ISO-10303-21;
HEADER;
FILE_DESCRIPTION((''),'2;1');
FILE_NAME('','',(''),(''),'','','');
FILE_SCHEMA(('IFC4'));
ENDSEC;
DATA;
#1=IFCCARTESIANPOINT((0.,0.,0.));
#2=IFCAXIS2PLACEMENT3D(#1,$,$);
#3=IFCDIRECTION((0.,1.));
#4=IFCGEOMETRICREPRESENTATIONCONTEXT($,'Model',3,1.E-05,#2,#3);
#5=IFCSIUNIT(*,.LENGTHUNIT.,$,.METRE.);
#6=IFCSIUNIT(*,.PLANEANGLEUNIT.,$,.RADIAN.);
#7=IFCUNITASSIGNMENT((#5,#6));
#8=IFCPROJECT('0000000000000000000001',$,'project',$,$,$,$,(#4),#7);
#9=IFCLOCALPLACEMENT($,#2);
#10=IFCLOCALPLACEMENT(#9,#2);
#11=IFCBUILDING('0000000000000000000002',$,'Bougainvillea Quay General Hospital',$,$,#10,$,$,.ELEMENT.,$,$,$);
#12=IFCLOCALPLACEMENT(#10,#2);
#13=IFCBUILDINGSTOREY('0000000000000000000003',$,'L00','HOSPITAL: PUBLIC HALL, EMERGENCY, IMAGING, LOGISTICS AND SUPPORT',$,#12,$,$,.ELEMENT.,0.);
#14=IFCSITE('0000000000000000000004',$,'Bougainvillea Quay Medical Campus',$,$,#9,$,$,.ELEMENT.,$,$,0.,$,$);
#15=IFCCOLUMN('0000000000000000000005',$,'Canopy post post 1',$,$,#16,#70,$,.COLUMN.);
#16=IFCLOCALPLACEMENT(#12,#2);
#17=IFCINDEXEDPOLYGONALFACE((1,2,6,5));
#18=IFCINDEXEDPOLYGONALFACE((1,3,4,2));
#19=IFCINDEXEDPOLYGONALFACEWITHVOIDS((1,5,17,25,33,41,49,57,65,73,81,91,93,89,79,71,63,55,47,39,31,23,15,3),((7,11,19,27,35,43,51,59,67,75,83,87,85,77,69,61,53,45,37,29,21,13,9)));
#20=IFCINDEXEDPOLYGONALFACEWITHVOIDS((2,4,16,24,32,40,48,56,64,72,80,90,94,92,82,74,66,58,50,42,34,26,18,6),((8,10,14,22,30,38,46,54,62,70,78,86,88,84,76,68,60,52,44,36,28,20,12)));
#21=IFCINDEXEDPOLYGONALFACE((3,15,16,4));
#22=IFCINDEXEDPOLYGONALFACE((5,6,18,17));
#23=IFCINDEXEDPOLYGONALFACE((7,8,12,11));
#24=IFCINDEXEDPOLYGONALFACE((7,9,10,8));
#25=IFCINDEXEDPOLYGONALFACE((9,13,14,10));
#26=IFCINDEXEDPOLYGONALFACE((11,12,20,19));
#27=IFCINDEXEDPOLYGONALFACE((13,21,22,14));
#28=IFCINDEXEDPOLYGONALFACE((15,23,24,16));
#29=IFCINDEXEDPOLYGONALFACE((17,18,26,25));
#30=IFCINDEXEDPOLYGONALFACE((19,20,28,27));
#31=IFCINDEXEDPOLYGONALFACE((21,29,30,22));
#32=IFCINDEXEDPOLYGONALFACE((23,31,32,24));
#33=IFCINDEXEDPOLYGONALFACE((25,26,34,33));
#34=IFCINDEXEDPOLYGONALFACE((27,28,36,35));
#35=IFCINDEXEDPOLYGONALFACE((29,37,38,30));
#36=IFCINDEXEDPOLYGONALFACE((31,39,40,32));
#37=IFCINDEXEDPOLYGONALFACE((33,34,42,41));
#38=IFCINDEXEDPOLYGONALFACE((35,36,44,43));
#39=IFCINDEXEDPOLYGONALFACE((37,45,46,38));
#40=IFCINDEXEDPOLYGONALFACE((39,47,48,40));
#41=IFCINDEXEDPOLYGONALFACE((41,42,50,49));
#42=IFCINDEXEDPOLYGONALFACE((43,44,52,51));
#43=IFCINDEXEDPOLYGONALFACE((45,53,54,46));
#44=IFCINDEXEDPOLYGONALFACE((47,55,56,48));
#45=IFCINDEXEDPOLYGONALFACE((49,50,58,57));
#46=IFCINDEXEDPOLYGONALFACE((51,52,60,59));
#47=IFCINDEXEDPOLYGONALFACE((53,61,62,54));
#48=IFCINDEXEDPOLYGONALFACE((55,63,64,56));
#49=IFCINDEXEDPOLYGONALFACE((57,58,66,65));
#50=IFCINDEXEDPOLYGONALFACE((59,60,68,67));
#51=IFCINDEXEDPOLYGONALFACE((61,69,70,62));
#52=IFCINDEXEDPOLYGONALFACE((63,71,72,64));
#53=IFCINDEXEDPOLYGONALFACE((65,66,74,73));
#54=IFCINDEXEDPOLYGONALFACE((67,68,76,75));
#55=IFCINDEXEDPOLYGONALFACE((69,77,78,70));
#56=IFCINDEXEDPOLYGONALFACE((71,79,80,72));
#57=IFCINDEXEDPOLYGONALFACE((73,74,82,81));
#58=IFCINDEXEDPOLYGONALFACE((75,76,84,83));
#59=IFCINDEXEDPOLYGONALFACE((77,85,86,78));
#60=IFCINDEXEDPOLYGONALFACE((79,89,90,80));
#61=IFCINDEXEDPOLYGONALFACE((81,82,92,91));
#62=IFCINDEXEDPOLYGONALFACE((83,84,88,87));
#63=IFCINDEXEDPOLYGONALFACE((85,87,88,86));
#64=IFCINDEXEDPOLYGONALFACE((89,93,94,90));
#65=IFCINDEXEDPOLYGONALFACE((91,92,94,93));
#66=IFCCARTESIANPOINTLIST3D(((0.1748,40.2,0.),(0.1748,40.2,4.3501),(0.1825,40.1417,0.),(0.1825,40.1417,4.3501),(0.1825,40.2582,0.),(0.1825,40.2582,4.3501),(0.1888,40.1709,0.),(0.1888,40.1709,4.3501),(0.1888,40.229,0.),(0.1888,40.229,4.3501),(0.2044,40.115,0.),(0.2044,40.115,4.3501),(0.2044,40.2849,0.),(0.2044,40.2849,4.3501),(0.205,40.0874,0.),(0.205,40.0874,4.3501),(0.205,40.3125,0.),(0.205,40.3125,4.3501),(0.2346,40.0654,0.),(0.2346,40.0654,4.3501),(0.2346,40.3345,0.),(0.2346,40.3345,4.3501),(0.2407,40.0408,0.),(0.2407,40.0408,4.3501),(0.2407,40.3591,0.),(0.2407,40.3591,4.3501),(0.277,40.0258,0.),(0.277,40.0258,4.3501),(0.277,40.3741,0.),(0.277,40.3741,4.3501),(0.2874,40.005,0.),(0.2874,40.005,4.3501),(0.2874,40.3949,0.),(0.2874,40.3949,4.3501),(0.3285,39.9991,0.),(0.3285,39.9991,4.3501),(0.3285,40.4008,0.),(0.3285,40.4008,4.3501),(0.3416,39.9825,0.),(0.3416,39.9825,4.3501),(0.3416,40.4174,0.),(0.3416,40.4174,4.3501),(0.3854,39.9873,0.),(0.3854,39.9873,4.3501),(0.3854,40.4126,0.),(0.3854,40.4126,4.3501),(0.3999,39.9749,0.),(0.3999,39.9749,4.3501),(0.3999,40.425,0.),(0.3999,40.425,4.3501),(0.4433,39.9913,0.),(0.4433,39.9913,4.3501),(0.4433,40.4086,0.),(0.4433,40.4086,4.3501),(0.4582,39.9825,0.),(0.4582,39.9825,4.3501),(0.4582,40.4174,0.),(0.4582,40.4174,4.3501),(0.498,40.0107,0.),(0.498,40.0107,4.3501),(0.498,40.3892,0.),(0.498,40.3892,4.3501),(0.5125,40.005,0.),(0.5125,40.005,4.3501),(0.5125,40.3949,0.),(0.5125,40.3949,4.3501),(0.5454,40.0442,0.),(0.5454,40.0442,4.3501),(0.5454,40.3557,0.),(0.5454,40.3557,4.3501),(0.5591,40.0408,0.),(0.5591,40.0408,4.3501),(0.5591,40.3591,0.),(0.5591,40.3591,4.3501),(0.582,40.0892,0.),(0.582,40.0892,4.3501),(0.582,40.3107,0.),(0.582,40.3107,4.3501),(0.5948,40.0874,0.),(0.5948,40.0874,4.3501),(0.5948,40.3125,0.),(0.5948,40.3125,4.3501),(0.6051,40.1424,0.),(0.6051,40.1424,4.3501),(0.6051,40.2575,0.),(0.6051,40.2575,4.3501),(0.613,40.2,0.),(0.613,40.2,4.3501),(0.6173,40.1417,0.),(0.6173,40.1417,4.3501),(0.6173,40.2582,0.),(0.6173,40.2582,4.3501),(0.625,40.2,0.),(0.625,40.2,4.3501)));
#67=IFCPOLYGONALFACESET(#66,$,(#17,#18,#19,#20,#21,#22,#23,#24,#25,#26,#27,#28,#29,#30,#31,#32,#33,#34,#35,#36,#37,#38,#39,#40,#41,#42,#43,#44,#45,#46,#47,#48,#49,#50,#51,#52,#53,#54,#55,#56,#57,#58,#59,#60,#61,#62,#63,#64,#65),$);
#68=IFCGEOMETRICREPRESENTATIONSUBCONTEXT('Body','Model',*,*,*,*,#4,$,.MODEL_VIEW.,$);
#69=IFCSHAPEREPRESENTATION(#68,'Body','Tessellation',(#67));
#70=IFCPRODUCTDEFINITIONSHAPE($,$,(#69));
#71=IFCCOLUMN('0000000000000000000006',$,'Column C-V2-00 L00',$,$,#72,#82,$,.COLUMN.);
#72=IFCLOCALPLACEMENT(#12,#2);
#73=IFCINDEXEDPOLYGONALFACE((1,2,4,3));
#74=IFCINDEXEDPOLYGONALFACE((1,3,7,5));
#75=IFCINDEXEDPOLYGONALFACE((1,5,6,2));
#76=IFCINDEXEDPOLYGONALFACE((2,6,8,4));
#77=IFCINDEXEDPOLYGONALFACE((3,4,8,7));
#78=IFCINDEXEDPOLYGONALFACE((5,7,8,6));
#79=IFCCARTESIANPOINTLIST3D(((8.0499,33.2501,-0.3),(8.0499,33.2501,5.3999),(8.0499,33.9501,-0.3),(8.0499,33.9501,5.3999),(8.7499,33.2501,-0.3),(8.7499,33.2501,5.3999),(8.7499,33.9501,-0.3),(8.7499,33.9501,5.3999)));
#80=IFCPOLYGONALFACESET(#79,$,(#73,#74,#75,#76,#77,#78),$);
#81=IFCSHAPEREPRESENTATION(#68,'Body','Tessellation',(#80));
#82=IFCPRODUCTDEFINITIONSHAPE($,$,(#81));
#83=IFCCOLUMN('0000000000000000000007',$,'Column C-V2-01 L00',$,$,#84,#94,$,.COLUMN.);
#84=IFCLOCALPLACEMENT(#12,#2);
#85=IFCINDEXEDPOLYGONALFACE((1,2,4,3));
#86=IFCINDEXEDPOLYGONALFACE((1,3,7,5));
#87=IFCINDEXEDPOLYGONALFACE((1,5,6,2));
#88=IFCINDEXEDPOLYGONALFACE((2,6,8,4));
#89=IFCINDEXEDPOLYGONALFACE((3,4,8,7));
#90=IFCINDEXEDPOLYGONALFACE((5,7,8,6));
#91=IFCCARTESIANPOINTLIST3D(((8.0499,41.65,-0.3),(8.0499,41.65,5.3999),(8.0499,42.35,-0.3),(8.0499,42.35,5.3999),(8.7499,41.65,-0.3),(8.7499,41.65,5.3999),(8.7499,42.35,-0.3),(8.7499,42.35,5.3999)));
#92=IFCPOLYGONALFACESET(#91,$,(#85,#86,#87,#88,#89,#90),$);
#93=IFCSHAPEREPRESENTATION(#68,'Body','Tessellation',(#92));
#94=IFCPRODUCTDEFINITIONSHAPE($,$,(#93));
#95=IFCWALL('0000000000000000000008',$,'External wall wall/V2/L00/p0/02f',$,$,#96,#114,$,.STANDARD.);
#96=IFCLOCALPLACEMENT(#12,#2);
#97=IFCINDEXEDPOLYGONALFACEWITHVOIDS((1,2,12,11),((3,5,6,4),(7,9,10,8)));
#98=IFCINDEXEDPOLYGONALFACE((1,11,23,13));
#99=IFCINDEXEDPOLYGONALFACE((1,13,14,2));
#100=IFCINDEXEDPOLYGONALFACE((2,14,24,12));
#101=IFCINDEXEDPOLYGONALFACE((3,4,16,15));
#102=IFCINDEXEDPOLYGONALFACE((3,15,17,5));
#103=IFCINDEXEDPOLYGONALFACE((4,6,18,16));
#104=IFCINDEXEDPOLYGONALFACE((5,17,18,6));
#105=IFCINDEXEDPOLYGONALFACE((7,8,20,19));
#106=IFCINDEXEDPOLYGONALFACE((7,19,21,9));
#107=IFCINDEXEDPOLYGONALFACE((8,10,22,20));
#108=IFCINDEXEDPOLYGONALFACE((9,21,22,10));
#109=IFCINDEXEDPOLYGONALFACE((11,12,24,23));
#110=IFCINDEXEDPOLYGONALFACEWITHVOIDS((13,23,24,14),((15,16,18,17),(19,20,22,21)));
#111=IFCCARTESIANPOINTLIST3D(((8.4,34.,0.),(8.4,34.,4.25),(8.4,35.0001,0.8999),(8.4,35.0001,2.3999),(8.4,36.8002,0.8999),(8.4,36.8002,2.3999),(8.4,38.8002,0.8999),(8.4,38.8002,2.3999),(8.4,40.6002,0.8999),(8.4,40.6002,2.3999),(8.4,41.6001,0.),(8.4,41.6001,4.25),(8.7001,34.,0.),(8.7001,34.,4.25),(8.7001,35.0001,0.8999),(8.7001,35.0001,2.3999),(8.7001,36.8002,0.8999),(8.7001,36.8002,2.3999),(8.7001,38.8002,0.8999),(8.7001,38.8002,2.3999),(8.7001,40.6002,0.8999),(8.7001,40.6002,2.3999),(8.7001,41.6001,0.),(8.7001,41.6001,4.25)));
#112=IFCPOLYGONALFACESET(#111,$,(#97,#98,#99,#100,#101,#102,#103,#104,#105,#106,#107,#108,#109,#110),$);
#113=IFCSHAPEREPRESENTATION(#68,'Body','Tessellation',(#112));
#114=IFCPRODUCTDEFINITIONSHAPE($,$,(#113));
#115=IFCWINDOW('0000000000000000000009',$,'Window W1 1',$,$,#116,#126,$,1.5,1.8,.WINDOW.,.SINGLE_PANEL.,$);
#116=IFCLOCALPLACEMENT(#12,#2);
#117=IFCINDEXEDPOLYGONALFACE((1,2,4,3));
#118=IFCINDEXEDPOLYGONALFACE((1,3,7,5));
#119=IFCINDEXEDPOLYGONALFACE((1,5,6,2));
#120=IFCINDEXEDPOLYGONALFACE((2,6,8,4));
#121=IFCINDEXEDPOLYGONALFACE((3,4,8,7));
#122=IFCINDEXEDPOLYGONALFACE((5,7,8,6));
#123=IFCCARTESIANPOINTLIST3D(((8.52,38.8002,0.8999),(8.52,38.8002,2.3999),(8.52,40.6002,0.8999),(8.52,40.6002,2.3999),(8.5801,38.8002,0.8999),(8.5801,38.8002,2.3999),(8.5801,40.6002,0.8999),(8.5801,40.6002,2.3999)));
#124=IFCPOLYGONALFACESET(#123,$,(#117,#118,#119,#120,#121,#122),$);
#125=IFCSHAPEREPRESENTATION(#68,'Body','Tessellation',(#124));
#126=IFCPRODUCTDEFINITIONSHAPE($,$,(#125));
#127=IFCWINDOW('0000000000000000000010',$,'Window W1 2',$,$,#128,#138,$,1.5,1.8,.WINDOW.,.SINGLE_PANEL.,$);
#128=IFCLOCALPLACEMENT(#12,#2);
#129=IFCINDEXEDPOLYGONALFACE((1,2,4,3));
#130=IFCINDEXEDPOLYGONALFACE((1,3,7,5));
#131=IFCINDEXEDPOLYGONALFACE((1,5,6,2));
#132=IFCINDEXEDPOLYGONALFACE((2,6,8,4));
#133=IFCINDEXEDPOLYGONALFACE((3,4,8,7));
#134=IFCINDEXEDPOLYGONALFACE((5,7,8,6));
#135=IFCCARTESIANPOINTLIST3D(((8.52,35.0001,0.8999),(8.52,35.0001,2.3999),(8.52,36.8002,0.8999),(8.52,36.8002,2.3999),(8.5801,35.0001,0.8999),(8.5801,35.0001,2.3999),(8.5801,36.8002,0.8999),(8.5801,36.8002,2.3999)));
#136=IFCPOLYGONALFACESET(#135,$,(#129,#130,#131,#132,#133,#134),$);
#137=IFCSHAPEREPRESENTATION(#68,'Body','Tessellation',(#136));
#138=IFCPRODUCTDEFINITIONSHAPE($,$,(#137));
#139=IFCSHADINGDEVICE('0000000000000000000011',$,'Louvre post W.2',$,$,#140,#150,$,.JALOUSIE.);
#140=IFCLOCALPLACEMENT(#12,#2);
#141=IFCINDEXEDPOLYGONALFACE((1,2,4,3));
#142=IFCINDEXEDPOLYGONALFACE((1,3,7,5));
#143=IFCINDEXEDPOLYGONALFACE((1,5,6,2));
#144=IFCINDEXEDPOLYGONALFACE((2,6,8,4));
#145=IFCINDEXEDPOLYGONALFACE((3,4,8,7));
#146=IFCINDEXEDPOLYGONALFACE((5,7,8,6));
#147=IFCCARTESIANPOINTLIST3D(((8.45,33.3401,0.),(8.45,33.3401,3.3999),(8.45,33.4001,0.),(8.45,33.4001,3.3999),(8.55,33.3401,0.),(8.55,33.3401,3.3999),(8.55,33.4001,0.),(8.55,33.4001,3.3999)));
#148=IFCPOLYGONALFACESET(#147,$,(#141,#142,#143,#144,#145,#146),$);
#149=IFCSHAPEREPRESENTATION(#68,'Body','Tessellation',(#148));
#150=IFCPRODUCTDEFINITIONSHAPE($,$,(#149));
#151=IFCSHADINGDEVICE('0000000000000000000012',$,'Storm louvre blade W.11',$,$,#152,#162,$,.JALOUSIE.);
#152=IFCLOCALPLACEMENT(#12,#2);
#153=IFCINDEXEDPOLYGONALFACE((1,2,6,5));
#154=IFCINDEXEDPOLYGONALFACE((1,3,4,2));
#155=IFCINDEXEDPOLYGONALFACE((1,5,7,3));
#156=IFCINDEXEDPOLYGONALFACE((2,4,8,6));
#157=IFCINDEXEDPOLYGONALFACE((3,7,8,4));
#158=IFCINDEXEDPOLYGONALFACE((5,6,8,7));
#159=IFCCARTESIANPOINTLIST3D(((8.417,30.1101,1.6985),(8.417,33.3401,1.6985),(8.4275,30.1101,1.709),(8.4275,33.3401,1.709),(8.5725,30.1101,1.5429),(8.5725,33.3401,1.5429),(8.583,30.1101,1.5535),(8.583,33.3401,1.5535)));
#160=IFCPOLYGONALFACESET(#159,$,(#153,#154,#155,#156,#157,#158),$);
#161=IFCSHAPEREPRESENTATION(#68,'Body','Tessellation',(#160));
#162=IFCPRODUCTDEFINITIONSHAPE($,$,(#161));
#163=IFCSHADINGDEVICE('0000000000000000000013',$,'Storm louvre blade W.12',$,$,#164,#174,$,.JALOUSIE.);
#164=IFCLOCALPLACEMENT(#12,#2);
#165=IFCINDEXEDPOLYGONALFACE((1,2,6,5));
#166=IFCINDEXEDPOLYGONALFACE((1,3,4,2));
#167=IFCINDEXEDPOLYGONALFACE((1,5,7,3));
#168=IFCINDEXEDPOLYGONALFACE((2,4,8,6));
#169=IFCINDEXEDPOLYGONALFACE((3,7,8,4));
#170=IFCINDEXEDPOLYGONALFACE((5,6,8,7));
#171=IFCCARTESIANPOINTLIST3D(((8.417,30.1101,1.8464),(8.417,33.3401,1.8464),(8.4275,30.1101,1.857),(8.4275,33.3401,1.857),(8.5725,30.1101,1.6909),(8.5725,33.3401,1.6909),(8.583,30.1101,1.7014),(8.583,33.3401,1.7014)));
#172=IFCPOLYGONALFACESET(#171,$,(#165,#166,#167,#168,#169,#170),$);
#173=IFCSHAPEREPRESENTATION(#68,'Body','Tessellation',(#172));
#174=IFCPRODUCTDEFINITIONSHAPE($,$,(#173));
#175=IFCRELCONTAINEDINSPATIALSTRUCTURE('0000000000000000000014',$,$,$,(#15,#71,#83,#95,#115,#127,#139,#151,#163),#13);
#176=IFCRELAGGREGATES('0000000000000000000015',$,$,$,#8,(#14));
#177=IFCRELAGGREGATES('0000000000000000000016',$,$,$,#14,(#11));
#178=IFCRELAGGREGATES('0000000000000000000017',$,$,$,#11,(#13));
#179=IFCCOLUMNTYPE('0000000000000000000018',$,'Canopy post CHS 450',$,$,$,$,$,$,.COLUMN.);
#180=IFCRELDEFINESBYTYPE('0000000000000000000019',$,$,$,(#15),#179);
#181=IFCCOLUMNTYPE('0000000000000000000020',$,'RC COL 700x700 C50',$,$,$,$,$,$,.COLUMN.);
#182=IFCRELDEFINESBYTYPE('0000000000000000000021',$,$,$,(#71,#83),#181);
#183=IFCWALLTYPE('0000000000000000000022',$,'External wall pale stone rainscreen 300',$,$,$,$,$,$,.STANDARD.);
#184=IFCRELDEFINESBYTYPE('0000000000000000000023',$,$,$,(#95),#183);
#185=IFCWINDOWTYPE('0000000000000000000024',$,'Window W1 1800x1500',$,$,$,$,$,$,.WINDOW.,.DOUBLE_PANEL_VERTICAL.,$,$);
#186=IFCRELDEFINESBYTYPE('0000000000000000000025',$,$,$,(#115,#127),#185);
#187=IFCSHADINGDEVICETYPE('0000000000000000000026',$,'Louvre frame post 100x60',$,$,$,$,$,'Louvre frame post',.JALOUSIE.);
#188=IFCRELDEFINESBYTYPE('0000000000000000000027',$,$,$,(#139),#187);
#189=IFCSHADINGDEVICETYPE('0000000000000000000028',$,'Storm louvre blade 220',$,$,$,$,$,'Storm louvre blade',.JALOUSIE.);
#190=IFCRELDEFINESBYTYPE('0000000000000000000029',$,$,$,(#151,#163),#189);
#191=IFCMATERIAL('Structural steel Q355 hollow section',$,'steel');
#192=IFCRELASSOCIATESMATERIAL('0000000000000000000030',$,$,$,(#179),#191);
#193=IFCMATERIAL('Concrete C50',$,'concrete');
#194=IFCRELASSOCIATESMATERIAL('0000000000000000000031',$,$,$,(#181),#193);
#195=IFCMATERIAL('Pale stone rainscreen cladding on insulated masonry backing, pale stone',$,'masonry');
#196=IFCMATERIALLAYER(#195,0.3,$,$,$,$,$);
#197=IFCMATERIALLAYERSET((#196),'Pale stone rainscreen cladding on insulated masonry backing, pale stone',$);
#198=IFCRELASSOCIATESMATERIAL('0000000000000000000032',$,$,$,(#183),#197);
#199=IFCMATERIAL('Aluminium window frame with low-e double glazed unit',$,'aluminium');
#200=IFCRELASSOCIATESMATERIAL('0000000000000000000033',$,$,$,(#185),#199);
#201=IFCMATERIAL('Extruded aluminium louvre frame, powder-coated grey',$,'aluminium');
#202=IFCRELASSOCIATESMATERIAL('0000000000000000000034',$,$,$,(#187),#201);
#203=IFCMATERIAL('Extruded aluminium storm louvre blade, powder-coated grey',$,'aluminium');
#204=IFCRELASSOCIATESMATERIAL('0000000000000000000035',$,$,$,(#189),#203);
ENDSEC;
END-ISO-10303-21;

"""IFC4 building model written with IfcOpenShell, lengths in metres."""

from ifc_helpers import new_model, si_unit, direction, frame, frame_2d, origin, origin_2d, place, context, subcontext, project, spatial, rectangle, hollow_circle, extrude, material, layer, layer_set, material_profile, profile_set, type_object, element, fill, save


model = new_model("IFC4")

# Units and contexts
model_context = context("Model", 3, precision=1e-05, world=origin(), true_north=direction((0.0, 1.0)))
body_context = subcontext(model_context, "Body", "Model", "MODEL_VIEW")
ifc_project = project(units=[si_unit("LENGTHUNIT", "METRE"), si_unit("PLANEANGLEUNIT", "RADIAN")], contexts=[model_context])

# Site, building, storey
site_placement = place(None, origin())
site = spatial("IfcSite", under=ifc_project, at=site_placement, Name="Bougainvillea Quay Medical Campus", CompositionType="ELEMENT", RefElevation=0.0)
building_placement = place(site_placement, origin())
building = spatial("IfcBuilding", under=site, at=building_placement, Name="Bougainvillea Quay General Hospital", CompositionType="ELEMENT")
storey_placement = place(building_placement, origin())
storey = spatial("IfcBuildingStorey", under=building, at=storey_placement, Name="L00", Description="HOSPITAL: PUBLIC HALL, EMERGENCY, IMAGING, LOGISTICS AND SUPPORT", CompositionType="ELEMENT", Elevation=0.0)

# Columns
ifc_material_1 = material(Name="Structural steel Q355 hollow section", Category="steel")
ifc_material_profile_1 = material_profile(ifc_material_1, hollow_circle(Radius=0.2251, WallThickness=0.012, at=origin_2d()))
ifc_profile_set_1 = profile_set([ifc_material_profile_1], Name="Structural steel Q355 hollow section")
column_type_1 = type_object("IfcColumnType", Name="Canopy post CHS 450", PredefinedType="COLUMN", material=ifc_profile_set_1)
column_1_placement = place(storey_placement, frame((0.3999, 40.2, 0.0), z_axis=(0.0, 0.0, 1.0), x_axis=(1.0, 0.0, 0.0)))
element("IfcColumn", 1, at=column_1_placement, inside=storey, type_object=column_type_1, Name="Canopy post post 1", PredefinedType="COLUMN", context=body_context, shape_type="SweptSolid", body=[
    extrude(hollow_circle(Radius=0.2251, WallThickness=0.012, at=origin_2d()), origin(), (0.0, 0.0, 1.0), 4.3501),
])
ifc_material_2 = material(Name="Concrete C50", Category="concrete")
ifc_material_profile_2 = material_profile(ifc_material_2, rectangle(XDim=0.7, YDim=0.7, at=origin_2d()))
ifc_profile_set_2 = profile_set([ifc_material_profile_2], Name="Concrete C50")
column_type_2 = type_object("IfcColumnType", Name="RC COL 700x700 C50", PredefinedType="COLUMN", material=ifc_profile_set_2)
for number, where, z_axis, x_axis, name in (
    (2, (8.3999, 33.6001, -0.3), (0.0, 0.0, 1.0), (1.0, 0.0, 0.0), "Column C-V2-00 L00"),
    (3, (8.3999, 42.0, -0.3), (0.0, 0.0, 1.0), (1.0, 0.0, 0.0), "Column C-V2-01 L00"),
):
    element("IfcColumn", number, at=place(storey_placement, frame(where, z_axis=z_axis, x_axis=x_axis)), inside=storey, type_object=column_type_2, Name=name, PredefinedType="COLUMN", context=body_context, shape_type="SweptSolid", body=[
        extrude(rectangle(XDim=0.7, YDim=0.7, at=origin_2d()), origin(), (0.0, 0.0, 1.0), 5.7),
    ])

# Wall, openings, windows
ifc_material_3 = material(Name="Pale stone rainscreen cladding on insulated masonry backing, pale stone", Category="masonry")
ifc_layer = layer(ifc_material_3, 0.3)
ifc_layer_set = layer_set([ifc_layer], Name="Pale stone rainscreen cladding on insulated masonry backing, pale stone")
wall_type = type_object("IfcWallType", Name="External wall pale stone rainscreen 300", PredefinedType="STANDARD", material=ifc_layer_set)
wall_1_placement = place(storey_placement, frame((8.55, 41.6001, 0.0), z_axis=(0.0, 0.0, 1.0), x_axis=(0.0, -1.0, 0.0)))
wall_1 = element("IfcWall", 4, at=wall_1_placement, inside=storey, type_object=wall_type, Name="External wall wall/V2/L00/p0/02f", PredefinedType="STANDARD", context=body_context, shape_type="SweptSolid", body=[
    extrude(rectangle(XDim=7.6001, YDim=0.3, at=frame_2d((3.8, 0.0))), origin(), (0.0, 0.0, 1.0), 4.25),
])
opening_1_placement = place(wall_1_placement, frame((1.0, 0.0, 0.8999)))
opening_1 = element("IfcOpeningElement", 5, at=opening_1_placement, cuts=wall_1, PredefinedType="OPENING", context=body_context, shape_type="SweptSolid", body=[
    extrude(rectangle(XDim=1.8, YDim=1.5, at=frame_2d((0.8999, 0.75))), frame((0.0, 0.1599, 0.0), z_axis=(0.0, -1.0, 0.0), x_axis=(1.0, 0.0, 0.0)), (0.0, 0.0, 1.0), 0.3201),
])
opening_2_placement = place(wall_1_placement, frame((4.8, 0.0, 0.8999)))
opening_2 = element("IfcOpeningElement", 6, at=opening_2_placement, cuts=wall_1, PredefinedType="OPENING", context=body_context, shape_type="SweptSolid", body=[
    extrude(rectangle(XDim=1.8, YDim=1.5, at=frame_2d((0.8999, 0.75))), frame((0.0, 0.1599, 0.0), z_axis=(0.0, -1.0, 0.0), x_axis=(1.0, 0.0, 0.0)), (0.0, 0.0, 1.0), 0.3201),
])
ifc_material_4 = material(Name="Aluminium window frame with low-e double glazed unit", Category="aluminium")
window_type = type_object("IfcWindowType", Name="Window W1 1800x1500", PartitioningType="DOUBLE_PANEL_VERTICAL", PredefinedType="WINDOW", material=ifc_material_4)
window_1_placement = place(opening_1_placement, origin())
window_1 = element("IfcWindow", 7, at=window_1_placement, inside=storey, type_object=window_type, Name="Window W1 1", OverallHeight=1.5, OverallWidth=1.8, PartitioningType="SINGLE_PANEL", PredefinedType="WINDOW", context=body_context, shape_type="SweptSolid", body=[
    extrude(rectangle(XDim=1.8, YDim=1.5, at=frame_2d((0.8999, 0.75))), frame((0.0, 0.03, 0.0), z_axis=(0.0, -1.0, 0.0), x_axis=(1.0, 0.0, 0.0)), (0.0, 0.0, 1.0), 0.0601),
])
fill(opening_1, window_1)
window_2_placement = place(opening_2_placement, origin())
window_2 = element("IfcWindow", 8, at=window_2_placement, inside=storey, type_object=window_type, Name="Window W1 2", OverallHeight=1.5, OverallWidth=1.8, PartitioningType="SINGLE_PANEL", PredefinedType="WINDOW", context=body_context, shape_type="SweptSolid", body=[
    extrude(rectangle(XDim=1.8, YDim=1.5, at=frame_2d((0.8999, 0.75))), frame((0.0, 0.03, 0.0), z_axis=(0.0, -1.0, 0.0), x_axis=(1.0, 0.0, 0.0)), (0.0, 0.0, 1.0), 0.0601),
])
fill(opening_2, window_2)

# Shading devices
ifc_material_5 = material(Name="Extruded aluminium louvre frame, powder-coated grey", Category="aluminium")
ifc_material_profile_3 = material_profile(ifc_material_5, rectangle(XDim=0.1001, YDim=0.0601, at=origin_2d()))
ifc_profile_set_3 = profile_set([ifc_material_profile_3], Name="Extruded aluminium louvre frame, powder-coated grey")
shading_device_type_1 = type_object("IfcShadingDeviceType", Name="Louvre frame post 100x60", ElementType="Louvre frame post", PredefinedType="JALOUSIE", material=ifc_profile_set_3)
shading_device_placement = place(storey_placement, frame((8.5, 33.3701, 0.0), z_axis=(0.0, 0.0, 1.0), x_axis=(-1.0, 0.0, 0.0)))
element("IfcShadingDevice", 9, at=shading_device_placement, inside=storey, type_object=shading_device_type_1, Name="Louvre post W.2", PredefinedType="JALOUSIE", context=body_context, shape_type="SweptSolid", body=[
    extrude(rectangle(XDim=0.1001, YDim=0.0601, at=origin_2d()), origin(), (0.0, 0.0, 1.0), 3.3999),
])
ifc_material_6 = material(Name="Extruded aluminium storm louvre blade, powder-coated grey", Category="aluminium")
ifc_material_profile_4 = material_profile(ifc_material_6, rectangle(XDim=0.22, YDim=0.0149, at=origin_2d()))
ifc_profile_set_4 = profile_set([ifc_material_profile_4], Name="Extruded aluminium storm louvre blade, powder-coated grey")
shading_device_type_2 = type_object("IfcShadingDeviceType", Name="Storm louvre blade 220", ElementType="Storm louvre blade", PredefinedType="JALOUSIE", material=ifc_profile_set_4)
for number, where, z_axis, x_axis, name in (
    (10, (8.5, 30.1101, 1.626), (0.0, 1.0, 0.0), (-0.707107, 0.0, 0.707107), "Storm louvre blade W.11"),
    (11, (8.5, 30.1101, 1.7739), (0.0, 1.0, 0.0), (-0.707107, 0.0, 0.707107), "Storm louvre blade W.12"),
):
    element("IfcShadingDevice", number, at=place(storey_placement, frame(where, z_axis=z_axis, x_axis=x_axis)), inside=storey, type_object=shading_device_type_2, Name=name, PredefinedType="JALOUSIE", context=body_context, shape_type="SweptSolid", body=[
        extrude(rectangle(XDim=0.22, YDim=0.0149, at=origin_2d()), origin(), (0.0, 0.0, 1.0), 3.23),
    ])

save(model, "model.ifc")
